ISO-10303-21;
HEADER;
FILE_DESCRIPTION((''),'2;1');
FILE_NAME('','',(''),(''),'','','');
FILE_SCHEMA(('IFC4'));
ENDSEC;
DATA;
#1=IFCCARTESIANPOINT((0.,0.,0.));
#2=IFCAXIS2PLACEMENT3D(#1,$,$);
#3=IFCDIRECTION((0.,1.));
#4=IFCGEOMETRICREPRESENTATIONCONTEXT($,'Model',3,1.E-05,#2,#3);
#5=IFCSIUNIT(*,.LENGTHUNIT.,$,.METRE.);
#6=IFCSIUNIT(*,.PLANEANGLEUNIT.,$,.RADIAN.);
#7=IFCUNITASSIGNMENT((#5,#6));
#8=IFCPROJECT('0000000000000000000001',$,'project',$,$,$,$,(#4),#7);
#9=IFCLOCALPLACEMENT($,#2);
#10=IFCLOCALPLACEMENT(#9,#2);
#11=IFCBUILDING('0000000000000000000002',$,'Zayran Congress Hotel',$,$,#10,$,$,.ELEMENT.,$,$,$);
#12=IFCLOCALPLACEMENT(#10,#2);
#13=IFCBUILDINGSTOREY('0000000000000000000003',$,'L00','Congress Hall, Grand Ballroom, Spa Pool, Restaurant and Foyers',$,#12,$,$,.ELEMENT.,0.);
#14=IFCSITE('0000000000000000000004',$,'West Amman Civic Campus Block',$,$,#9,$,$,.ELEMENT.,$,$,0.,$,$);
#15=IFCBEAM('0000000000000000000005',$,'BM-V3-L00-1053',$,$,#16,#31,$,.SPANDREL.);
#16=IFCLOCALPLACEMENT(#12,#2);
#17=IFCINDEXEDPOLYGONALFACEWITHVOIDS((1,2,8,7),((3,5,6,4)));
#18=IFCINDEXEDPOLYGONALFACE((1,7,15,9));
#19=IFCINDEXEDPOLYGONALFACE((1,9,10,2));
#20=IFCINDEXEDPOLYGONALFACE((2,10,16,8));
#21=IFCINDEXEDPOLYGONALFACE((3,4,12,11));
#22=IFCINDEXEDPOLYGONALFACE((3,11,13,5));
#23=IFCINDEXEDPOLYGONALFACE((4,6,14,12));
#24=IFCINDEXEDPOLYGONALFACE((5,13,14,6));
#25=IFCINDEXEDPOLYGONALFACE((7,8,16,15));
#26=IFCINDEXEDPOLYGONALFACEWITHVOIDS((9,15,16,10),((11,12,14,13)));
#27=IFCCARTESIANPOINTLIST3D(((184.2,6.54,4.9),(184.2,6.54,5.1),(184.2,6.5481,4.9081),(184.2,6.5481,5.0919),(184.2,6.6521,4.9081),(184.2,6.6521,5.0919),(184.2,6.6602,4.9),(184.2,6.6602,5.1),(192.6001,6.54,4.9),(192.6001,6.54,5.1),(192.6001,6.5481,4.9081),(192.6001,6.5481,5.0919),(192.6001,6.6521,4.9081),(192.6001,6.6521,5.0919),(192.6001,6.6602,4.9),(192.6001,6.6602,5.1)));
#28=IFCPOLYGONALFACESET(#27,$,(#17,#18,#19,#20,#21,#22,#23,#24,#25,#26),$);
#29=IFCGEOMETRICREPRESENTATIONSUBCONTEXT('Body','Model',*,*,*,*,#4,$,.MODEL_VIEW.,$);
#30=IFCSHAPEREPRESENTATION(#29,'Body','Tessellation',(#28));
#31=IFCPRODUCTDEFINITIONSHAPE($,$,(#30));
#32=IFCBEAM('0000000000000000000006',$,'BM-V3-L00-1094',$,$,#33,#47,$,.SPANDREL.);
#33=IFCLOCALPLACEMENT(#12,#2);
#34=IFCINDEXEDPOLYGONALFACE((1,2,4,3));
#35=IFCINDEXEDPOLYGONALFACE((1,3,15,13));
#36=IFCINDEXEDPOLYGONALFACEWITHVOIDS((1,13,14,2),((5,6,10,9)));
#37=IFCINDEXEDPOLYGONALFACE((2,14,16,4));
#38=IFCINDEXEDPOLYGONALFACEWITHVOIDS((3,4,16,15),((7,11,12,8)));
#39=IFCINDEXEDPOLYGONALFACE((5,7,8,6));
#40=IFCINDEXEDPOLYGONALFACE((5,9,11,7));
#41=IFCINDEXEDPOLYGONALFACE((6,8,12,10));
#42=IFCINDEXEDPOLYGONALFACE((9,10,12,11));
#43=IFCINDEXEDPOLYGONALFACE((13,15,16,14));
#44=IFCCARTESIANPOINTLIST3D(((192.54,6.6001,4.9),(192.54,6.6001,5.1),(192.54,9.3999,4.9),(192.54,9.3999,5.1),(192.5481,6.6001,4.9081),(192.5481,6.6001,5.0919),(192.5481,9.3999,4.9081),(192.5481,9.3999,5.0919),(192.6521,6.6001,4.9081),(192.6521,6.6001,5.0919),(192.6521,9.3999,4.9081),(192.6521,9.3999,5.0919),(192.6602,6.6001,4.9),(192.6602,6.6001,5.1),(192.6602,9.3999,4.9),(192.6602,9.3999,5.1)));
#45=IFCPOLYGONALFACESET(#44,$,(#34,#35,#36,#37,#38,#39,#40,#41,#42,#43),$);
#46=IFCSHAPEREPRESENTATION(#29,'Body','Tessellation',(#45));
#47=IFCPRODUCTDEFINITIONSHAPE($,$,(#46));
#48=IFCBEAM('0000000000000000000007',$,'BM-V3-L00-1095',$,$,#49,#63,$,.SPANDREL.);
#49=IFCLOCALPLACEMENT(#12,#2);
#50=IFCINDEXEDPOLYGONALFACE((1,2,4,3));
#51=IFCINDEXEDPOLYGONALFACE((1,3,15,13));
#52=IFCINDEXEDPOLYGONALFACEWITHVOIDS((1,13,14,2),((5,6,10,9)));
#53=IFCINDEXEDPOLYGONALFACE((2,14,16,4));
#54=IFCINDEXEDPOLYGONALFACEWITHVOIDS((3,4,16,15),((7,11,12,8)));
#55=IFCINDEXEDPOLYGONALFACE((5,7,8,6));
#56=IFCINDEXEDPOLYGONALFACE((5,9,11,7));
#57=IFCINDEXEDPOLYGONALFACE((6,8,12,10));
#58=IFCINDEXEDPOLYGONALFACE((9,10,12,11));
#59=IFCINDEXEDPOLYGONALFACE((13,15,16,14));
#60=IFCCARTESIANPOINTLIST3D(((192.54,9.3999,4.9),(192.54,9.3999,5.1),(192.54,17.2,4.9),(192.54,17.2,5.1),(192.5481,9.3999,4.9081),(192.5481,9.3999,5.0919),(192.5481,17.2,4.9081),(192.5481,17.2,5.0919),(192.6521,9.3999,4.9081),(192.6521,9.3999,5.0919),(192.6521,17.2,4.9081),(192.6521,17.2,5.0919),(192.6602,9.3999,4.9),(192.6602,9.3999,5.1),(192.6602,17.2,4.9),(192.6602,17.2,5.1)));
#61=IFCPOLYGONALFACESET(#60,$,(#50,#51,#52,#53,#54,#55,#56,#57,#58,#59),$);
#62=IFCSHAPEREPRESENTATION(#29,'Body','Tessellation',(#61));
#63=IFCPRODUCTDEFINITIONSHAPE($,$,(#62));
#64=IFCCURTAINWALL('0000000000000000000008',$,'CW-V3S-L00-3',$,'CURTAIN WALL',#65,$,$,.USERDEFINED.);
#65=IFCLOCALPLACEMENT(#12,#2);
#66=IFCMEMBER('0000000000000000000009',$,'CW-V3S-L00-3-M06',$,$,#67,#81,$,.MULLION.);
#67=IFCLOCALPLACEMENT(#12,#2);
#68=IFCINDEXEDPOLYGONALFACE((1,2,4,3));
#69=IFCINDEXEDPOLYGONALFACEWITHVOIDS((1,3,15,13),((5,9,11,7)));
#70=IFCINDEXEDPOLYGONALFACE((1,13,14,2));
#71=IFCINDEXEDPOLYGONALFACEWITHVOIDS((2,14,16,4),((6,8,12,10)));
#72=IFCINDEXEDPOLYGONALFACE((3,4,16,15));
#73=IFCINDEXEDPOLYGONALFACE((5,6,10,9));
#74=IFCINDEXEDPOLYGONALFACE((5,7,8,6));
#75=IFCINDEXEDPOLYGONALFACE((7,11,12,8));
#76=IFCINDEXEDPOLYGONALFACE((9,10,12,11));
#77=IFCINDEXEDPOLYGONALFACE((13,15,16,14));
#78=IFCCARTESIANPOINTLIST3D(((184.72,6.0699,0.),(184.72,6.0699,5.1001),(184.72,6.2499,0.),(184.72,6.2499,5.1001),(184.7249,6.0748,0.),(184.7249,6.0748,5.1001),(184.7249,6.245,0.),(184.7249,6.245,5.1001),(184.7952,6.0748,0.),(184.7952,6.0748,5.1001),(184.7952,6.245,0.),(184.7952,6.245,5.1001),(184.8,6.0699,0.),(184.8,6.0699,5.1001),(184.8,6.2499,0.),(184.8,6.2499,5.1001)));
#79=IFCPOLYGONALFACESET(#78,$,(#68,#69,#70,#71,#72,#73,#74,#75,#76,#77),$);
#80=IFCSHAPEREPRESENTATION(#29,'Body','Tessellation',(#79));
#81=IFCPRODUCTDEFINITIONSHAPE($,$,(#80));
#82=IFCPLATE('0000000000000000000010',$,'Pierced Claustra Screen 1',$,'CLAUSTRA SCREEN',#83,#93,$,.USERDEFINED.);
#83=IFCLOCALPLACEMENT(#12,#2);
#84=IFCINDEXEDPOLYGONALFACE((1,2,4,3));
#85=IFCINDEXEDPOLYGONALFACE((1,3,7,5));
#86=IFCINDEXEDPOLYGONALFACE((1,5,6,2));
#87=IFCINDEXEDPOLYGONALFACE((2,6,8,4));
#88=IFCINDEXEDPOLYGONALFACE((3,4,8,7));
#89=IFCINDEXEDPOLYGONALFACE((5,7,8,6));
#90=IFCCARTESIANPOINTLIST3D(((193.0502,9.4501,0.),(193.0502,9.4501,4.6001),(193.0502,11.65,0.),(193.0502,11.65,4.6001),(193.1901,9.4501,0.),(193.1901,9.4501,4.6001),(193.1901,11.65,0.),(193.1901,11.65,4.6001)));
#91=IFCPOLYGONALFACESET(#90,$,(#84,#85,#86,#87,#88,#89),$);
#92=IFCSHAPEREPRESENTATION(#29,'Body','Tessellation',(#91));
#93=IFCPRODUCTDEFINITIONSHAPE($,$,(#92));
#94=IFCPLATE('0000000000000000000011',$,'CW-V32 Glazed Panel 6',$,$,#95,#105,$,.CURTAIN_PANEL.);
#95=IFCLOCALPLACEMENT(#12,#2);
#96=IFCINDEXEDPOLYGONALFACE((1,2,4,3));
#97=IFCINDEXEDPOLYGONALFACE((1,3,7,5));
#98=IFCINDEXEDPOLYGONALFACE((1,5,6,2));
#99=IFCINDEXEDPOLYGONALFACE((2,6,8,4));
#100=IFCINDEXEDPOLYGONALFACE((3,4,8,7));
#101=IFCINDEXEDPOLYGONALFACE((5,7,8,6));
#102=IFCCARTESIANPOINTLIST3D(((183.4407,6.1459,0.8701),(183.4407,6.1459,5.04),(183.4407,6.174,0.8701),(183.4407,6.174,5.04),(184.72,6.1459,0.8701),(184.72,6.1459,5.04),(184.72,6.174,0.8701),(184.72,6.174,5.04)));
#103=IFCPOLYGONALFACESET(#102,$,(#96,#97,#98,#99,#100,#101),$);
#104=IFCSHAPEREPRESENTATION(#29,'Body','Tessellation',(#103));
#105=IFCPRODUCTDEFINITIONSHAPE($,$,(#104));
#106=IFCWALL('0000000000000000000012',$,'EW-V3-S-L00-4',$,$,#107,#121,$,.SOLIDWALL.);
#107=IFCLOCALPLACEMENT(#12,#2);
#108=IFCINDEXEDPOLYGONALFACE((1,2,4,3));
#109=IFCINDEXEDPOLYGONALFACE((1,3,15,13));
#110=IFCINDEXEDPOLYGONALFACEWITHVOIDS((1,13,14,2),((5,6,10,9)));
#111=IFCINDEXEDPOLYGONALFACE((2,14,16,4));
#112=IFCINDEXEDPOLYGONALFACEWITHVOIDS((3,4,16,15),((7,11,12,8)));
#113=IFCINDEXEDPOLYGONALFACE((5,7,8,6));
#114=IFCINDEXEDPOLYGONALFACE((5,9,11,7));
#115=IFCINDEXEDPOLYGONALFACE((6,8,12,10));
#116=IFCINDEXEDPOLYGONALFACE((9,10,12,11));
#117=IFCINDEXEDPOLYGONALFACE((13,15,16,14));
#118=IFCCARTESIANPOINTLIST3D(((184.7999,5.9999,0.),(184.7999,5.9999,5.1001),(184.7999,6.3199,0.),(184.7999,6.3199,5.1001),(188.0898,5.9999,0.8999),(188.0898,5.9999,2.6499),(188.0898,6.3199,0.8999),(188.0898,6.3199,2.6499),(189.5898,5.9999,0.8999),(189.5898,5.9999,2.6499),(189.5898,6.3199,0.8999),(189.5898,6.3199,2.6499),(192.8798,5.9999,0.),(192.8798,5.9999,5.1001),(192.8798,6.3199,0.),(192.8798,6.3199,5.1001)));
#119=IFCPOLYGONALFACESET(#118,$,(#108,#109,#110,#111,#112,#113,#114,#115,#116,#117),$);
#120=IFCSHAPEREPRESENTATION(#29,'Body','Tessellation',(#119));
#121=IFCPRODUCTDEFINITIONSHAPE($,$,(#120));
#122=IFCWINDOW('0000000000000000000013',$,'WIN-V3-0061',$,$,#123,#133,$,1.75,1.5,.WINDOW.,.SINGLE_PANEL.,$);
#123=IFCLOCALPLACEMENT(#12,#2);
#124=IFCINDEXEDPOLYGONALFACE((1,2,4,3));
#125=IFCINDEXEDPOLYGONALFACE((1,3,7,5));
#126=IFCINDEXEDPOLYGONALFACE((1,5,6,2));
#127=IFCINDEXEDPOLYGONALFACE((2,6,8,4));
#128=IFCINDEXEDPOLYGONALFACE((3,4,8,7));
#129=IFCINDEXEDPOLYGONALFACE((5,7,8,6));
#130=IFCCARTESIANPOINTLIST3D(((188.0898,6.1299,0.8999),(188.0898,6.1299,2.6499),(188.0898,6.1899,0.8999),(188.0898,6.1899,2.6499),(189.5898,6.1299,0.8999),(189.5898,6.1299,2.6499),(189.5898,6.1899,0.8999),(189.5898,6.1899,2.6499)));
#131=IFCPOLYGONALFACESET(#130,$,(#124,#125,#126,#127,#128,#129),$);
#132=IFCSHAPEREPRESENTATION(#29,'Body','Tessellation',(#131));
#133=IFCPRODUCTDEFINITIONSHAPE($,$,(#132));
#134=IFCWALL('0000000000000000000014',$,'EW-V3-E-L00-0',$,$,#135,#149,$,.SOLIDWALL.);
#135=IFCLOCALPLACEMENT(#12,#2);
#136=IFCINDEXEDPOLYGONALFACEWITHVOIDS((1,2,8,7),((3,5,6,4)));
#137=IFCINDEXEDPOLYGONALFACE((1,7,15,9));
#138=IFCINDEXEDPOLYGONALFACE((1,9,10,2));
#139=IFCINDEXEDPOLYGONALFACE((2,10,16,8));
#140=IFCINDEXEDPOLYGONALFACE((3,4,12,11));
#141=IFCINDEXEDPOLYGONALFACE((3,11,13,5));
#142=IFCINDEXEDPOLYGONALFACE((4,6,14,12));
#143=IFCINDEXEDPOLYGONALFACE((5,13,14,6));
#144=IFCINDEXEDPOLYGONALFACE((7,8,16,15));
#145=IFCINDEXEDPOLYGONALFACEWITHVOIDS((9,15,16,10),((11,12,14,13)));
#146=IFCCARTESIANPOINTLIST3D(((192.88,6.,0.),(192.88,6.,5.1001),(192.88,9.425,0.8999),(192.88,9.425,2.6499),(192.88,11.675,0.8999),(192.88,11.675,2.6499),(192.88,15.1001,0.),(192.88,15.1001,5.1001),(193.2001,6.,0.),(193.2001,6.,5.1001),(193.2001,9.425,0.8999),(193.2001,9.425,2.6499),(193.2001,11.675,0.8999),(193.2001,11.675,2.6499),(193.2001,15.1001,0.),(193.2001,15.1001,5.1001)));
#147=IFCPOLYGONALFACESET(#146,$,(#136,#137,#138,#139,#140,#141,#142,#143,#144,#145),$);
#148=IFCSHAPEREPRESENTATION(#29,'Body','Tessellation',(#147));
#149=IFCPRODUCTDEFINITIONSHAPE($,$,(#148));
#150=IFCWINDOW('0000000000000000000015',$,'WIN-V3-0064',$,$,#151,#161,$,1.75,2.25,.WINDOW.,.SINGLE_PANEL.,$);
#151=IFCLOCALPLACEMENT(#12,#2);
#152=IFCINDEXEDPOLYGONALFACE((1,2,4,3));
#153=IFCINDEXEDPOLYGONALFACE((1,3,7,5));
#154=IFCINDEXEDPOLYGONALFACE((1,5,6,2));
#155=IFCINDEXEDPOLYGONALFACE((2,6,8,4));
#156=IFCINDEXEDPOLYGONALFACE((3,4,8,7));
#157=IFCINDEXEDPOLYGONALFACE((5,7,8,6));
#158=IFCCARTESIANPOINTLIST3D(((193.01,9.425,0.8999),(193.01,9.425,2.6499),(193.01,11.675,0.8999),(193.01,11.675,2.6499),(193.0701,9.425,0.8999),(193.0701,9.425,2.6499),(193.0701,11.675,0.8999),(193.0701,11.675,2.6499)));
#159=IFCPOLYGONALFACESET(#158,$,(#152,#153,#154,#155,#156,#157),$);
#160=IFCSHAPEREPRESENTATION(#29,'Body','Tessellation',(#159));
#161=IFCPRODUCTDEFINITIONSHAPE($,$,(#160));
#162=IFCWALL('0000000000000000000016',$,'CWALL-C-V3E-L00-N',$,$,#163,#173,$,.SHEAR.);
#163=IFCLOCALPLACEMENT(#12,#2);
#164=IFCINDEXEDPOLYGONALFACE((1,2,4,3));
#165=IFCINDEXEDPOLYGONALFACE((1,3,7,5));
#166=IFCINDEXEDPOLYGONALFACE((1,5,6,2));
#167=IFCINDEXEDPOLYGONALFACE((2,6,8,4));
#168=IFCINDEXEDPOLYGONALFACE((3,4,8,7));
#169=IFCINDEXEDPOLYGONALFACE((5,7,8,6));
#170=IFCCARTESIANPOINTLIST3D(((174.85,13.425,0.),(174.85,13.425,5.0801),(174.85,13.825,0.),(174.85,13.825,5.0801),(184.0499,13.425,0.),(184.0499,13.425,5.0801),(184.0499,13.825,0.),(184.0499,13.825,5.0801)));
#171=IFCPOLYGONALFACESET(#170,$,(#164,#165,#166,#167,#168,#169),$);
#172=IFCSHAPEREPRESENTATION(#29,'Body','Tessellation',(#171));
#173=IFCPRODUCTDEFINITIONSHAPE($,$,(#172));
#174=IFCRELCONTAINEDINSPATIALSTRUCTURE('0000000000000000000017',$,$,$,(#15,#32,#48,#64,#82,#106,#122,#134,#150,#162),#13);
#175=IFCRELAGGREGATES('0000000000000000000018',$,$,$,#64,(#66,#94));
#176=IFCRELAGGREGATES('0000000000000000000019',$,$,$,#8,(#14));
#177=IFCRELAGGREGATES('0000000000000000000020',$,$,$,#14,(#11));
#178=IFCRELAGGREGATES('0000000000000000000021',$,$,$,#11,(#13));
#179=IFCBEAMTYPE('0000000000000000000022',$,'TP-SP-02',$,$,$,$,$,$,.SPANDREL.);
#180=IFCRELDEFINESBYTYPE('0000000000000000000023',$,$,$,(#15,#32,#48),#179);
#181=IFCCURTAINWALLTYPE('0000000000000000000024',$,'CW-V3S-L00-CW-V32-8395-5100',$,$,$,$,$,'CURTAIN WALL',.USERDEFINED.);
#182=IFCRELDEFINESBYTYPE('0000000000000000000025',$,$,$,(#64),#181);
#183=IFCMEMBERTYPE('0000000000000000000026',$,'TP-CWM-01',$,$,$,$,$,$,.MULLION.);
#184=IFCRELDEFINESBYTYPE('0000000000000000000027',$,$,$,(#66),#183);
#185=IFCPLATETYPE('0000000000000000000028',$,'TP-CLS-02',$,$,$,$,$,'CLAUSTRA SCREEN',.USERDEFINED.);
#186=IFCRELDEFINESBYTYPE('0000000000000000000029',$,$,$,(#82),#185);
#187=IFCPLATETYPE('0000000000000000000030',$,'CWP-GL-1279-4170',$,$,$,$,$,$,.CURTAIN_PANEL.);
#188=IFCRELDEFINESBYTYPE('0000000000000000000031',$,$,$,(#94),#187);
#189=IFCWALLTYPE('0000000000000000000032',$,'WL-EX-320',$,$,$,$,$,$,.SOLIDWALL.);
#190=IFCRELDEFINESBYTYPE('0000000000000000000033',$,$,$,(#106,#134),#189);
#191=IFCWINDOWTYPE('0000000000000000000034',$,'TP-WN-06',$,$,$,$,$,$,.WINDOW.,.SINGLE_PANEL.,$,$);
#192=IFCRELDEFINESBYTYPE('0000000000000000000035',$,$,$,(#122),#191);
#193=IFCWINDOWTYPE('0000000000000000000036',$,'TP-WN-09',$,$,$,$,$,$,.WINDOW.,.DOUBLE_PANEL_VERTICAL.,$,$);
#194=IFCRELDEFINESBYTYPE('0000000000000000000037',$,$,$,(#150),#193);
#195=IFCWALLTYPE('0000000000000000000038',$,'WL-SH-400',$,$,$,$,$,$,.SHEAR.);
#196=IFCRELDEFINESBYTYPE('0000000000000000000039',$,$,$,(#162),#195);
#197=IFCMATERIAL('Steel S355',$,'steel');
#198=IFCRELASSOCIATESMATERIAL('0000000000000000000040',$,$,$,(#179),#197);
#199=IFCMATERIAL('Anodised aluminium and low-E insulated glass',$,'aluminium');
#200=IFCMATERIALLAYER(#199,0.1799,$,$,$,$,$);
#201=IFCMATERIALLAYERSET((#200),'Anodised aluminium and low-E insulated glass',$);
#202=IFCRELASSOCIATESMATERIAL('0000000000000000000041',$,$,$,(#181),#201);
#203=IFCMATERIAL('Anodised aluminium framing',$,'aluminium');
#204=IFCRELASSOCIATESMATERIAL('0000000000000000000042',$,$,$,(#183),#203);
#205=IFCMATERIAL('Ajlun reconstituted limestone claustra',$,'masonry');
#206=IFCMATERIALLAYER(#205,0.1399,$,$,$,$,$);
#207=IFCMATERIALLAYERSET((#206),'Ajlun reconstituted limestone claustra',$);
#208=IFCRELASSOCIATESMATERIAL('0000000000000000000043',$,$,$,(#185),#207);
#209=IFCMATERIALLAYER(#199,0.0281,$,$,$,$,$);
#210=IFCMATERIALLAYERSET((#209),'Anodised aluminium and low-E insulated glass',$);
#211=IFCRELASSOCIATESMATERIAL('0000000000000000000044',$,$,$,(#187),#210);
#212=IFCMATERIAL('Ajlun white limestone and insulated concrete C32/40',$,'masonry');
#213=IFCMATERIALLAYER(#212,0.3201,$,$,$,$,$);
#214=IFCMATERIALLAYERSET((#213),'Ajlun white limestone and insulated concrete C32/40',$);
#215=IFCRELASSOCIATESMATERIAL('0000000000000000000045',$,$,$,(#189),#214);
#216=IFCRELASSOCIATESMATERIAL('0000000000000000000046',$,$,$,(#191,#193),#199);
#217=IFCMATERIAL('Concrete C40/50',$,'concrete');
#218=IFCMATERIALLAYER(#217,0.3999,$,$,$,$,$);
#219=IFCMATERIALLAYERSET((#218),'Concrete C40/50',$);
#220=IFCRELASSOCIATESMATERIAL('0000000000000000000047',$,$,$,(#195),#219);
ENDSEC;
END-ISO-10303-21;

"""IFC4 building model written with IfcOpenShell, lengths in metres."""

from ifc_helpers import new_model, si_unit, direction, frame, frame_2d, origin, origin_2d, place, context, subcontext, project, spatial, rectangle, hollow_rectangle, extrude, material, layer, layer_set, material_profile, profile_set, type_object, element, fill, aggregate, save


model = new_model("IFC4")

# Units and contexts
model_context = context("Model", 3, precision=1e-05, world=origin(), true_north=direction((0.0, 1.0)))
body_context = subcontext(model_context, "Body", "Model", "MODEL_VIEW")
ifc_project = project(units=[si_unit("LENGTHUNIT", "METRE"), si_unit("PLANEANGLEUNIT", "RADIAN")], contexts=[model_context])

# Site, building, storey
site_placement = place(None, origin())
site = spatial("IfcSite", under=ifc_project, at=site_placement, Name="West Amman Civic Campus Block", CompositionType="ELEMENT", RefElevation=0.0)
building_placement = place(site_placement, origin())
building = spatial("IfcBuilding", under=site, at=building_placement, Name="Zayran Congress Hotel", CompositionType="ELEMENT")
storey_placement = place(building_placement, origin())
storey = spatial("IfcBuildingStorey", under=building, at=storey_placement, Name="L00", Description="Congress Hall, Grand Ballroom, Spa Pool, Restaurant and Foyers", CompositionType="ELEMENT", Elevation=0.0)

# Shared definitions
ifc_material_1 = material(Name="Concrete C40/50", Category="concrete")

# Beams
ifc_material_2 = material(Name="Steel S355", Category="steel")
ifc_material_profile_1 = material_profile(ifc_material_2, hollow_rectangle(XDim=0.1201, YDim=0.2, WallThickness=0.0081, at=origin_2d()), Name="RHS 200x120x8")
ifc_profile_set_1 = profile_set([ifc_material_profile_1], Name="Steel S355")
beam_type_1 = type_object("IfcBeamType", Name="TP-SP-02", PredefinedType="SPANDREL", material=ifc_profile_set_1)
beam_1_placement = place(storey_placement, frame((184.2, 6.6001, 5.0), z_axis=(1.0, 0.0, 0.0), x_axis=(0.0, 1.0, 0.0)))
element("IfcBeam", 1, at=beam_1_placement, inside=storey, type_object=beam_type_1, Name="BM-V3-L00-1053", PredefinedType="SPANDREL", context=body_context, shape_type="SweptSolid", body=[
    extrude(hollow_rectangle(XDim=0.1201, YDim=0.2, WallThickness=0.0081, at=origin_2d()), origin(), (0.0, 0.0, 1.0), 8.4001),
])
beam_2_placement = place(storey_placement, frame((192.6001, 6.6001, 5.0), z_axis=(0.0, 1.0, 0.0), x_axis=(-1.0, 0.0, 0.0)))
element("IfcBeam", 2, at=beam_2_placement, inside=storey, type_object=beam_type_1, Name="BM-V3-L00-1094", PredefinedType="SPANDREL", context=body_context, shape_type="SweptSolid", body=[
    extrude(hollow_rectangle(XDim=0.1201, YDim=0.2, WallThickness=0.0081, at=origin_2d()), origin(), (0.0, 0.0, 1.0), 2.7998),
])
beam_3_placement = place(storey_placement, frame((192.6001, 9.3999, 5.0), z_axis=(0.0, 1.0, 0.0), x_axis=(-1.0, 0.0, 0.0)))
element("IfcBeam", 3, at=beam_3_placement, inside=storey, type_object=beam_type_1, Name="BM-V3-L00-1095", PredefinedType="SPANDREL", context=body_context, shape_type="SweptSolid", body=[
    extrude(hollow_rectangle(XDim=0.1201, YDim=0.2, WallThickness=0.0081, at=origin_2d()), origin(), (0.0, 0.0, 1.0), 7.8),
])

# Curtain wall, member
ifc_material_3 = material(Name="Anodised aluminium and low-E insulated glass", Category="aluminium")
ifc_layer_1 = layer(ifc_material_3, 0.1799)
ifc_layer_set_1 = layer_set([ifc_layer_1], Name="Anodised aluminium and low-E insulated glass")
curtain_wall_type = type_object("IfcCurtainWallType", Name="CW-V3S-L00-CW-V32-8395-5100", ElementType="CURTAIN WALL", PredefinedType="USERDEFINED", material=ifc_layer_set_1)
curtain_wall_placement = place(storey_placement, origin())
curtain_wall = element("IfcCurtainWall", 4, at=curtain_wall_placement, inside=storey, type_object=curtain_wall_type, Name="CW-V3S-L00-3", ObjectType="CURTAIN WALL", PredefinedType="USERDEFINED")
ifc_material_4 = material(Name="Anodised aluminium framing", Category="aluminium")
ifc_material_profile_2 = material_profile(ifc_material_4, hollow_rectangle(XDim=0.0801, YDim=0.1799, WallThickness=0.0049, at=origin_2d()), Name="RHS 180x80x5")
ifc_profile_set_2 = profile_set([ifc_material_profile_2], Name="Anodised aluminium framing")
member_type = type_object("IfcMemberType", Name="TP-CWM-01", PredefinedType="MULLION", material=ifc_profile_set_2)
member_placement = place(storey_placement, frame((184.76, 6.1599, 0.0), z_axis=(0.0, 0.0, 1.0), x_axis=(1.0, 0.0, 0.0)))
member = element("IfcMember", 5, at=member_placement, type_object=member_type, Name="CW-V3S-L00-3-M06", PredefinedType="MULLION", context=body_context, shape_type="SweptSolid", body=[
    extrude(hollow_rectangle(XDim=0.0801, YDim=0.1799, WallThickness=0.0049, at=origin_2d()), origin(), (0.0, 0.0, 1.0), 5.1001),
])

# Plates
ifc_material_5 = material(Name="Ajlun reconstituted limestone claustra", Category="masonry")
ifc_layer_2 = layer(ifc_material_5, 0.1399)
ifc_layer_set_2 = layer_set([ifc_layer_2], Name="Ajlun reconstituted limestone claustra")
plate_type_1 = type_object("IfcPlateType", Name="TP-CLS-02", ElementType="CLAUSTRA SCREEN", PredefinedType="USERDEFINED", material=ifc_layer_set_2)
plate_1_placement = place(storey_placement, frame((193.1201, 10.55, 0.0), z_axis=(0.0, 0.0, 1.0), x_axis=(0.0, 1.0, 0.0)))
element("IfcPlate", 6, at=plate_1_placement, inside=storey, type_object=plate_type_1, Name="Pierced Claustra Screen 1", ObjectType="CLAUSTRA SCREEN", PredefinedType="USERDEFINED", context=body_context, shape_type="SweptSolid", body=[
    extrude(rectangle(XDim=2.2, YDim=0.1399, at=origin_2d()), origin(), (0.0, 0.0, 1.0), 4.6001),
])
ifc_layer_3 = layer(ifc_material_3, 0.0281)
ifc_layer_set_3 = layer_set([ifc_layer_3], Name="Anodised aluminium and low-E insulated glass")
plate_type_2 = type_object("IfcPlateType", Name="CWP-GL-1279-4170", PredefinedType="CURTAIN_PANEL", material=ifc_layer_set_3)
plate_2_placement = place(storey_placement, frame((184.0803, 6.1599, 0.8701), z_axis=(0.0, 0.0, 1.0), x_axis=(1.0, 0.0, 0.0)))
plate_2 = element("IfcPlate", 7, at=plate_2_placement, type_object=plate_type_2, Name="CW-V32 Glazed Panel 6", PredefinedType="CURTAIN_PANEL", context=body_context, shape_type="SweptSolid", body=[
    extrude(rectangle(XDim=1.2793, YDim=0.0281, at=origin_2d()), origin(), (0.0, 0.0, 1.0), 4.1699),
])
aggregate(curtain_wall, [member, plate_2])

# Walls, openings, windows
ifc_material_6 = material(Name="Ajlun white limestone and insulated concrete C32/40", Category="masonry")
ifc_layer_4 = layer(ifc_material_6, 0.3201)
ifc_layer_set_4 = layer_set([ifc_layer_4], Name="Ajlun white limestone and insulated concrete C32/40")
wall_type_1 = type_object("IfcWallType", Name="WL-EX-320", PredefinedType="SOLIDWALL", material=ifc_layer_set_4)
wall_1_placement = place(storey_placement, frame((192.8799, 6.1599, 0.0), z_axis=(0.0, 0.0, 1.0), x_axis=(-1.0, 0.0, 0.0)))
wall_1 = element("IfcWall", 8, at=wall_1_placement, inside=storey, type_object=wall_type_1, Name="EW-V3-S-L00-4", PredefinedType="SOLIDWALL", context=body_context, shape_type="SweptSolid", body=[
    extrude(rectangle(XDim=8.0798, YDim=0.3201, at=frame_2d((4.04, 0.0))), origin(), (0.0, 0.0, 1.0), 5.1001),
])
opening_1_placement = place(wall_1_placement, frame((3.29, 0.0, 0.8999)))
opening_1 = element("IfcOpeningElement", 9, at=opening_1_placement, cuts=wall_1, PredefinedType="OPENING", context=body_context, shape_type="SweptSolid", body=[
    extrude(rectangle(XDim=1.5, YDim=1.75, at=frame_2d((0.75, 0.875))), frame((0.0, 0.1699, 0.0), z_axis=(0.0, -1.0, 0.0), x_axis=(1.0, 0.0, 0.0)), (0.0, 0.0, 1.0), 0.3401),
])
window_type_1 = type_object("IfcWindowType", Name="TP-WN-06", PartitioningType="SINGLE_PANEL", PredefinedType="WINDOW", material=ifc_material_3)
window_1_placement = place(opening_1_placement, origin())
window_1 = element("IfcWindow", 10, at=window_1_placement, inside=storey, type_object=window_type_1, Name="WIN-V3-0061", OverallHeight=1.75, OverallWidth=1.5, PartitioningType="SINGLE_PANEL", PredefinedType="WINDOW", context=body_context, shape_type="SweptSolid", body=[
    extrude(rectangle(XDim=1.5, YDim=1.75, at=frame_2d((0.75, 0.875))), frame((0.0, 0.03, 0.0), z_axis=(0.0, -1.0, 0.0), x_axis=(1.0, 0.0, 0.0)), (0.0, 0.0, 1.0), 0.0601),
])
fill(opening_1, window_1)
wall_2_placement = place(storey_placement, frame((193.04, 15.1001, 0.0), z_axis=(0.0, 0.0, 1.0), x_axis=(0.0, -1.0, 0.0)))
wall_2 = element("IfcWall", 11, at=wall_2_placement, inside=storey, type_object=wall_type_1, Name="EW-V3-E-L00-0", PredefinedType="SOLIDWALL", context=body_context, shape_type="SweptSolid", body=[
    extrude(rectangle(XDim=9.1001, YDim=0.3201, at=frame_2d((4.55, 0.0))), origin(), (0.0, 0.0, 1.0), 5.1001),
])
opening_2_placement = place(wall_2_placement, frame((3.425, 0.0, 0.8999)))
opening_2 = element("IfcOpeningElement", 12, at=opening_2_placement, cuts=wall_2, PredefinedType="OPENING", context=body_context, shape_type="SweptSolid", body=[
    extrude(rectangle(XDim=2.25, YDim=1.75, at=frame_2d((1.125, 0.875))), frame((0.0, 0.1699, 0.0), z_axis=(0.0, -1.0, 0.0), x_axis=(1.0, 0.0, 0.0)), (0.0, 0.0, 1.0), 0.3401),
])
window_type_2 = type_object("IfcWindowType", Name="TP-WN-09", PartitioningType="DOUBLE_PANEL_VERTICAL", PredefinedType="WINDOW", material=ifc_material_3)
window_2_placement = place(opening_2_placement, origin())
window_2 = element("IfcWindow", 13, at=window_2_placement, inside=storey, type_object=window_type_2, Name="WIN-V3-0064", OverallHeight=1.75, OverallWidth=2.25, PartitioningType="SINGLE_PANEL", PredefinedType="WINDOW", context=body_context, shape_type="SweptSolid", body=[
    extrude(rectangle(XDim=2.25, YDim=1.75, at=frame_2d((1.125, 0.875))), frame((0.0, 0.03, 0.0), z_axis=(0.0, -1.0, 0.0), x_axis=(1.0, 0.0, 0.0)), (0.0, 0.0, 1.0), 0.0601),
])
fill(opening_2, window_2)

# Wall
ifc_layer_5 = layer(ifc_material_1, 0.3999)
ifc_layer_set_5 = layer_set([ifc_layer_5], Name="Concrete C40/50")
wall_type_2 = type_object("IfcWallType", Name="WL-SH-400", PredefinedType="SHEAR", material=ifc_layer_set_5)
wall_3_placement = place(storey_placement, frame((184.05, 13.625, 0.0), z_axis=(0.0, 0.0, 1.0), x_axis=(-1.0, 0.0, 0.0)))
element("IfcWall", 14, at=wall_3_placement, inside=storey, type_object=wall_type_2, Name="CWALL-C-V3E-L00-N", PredefinedType="SHEAR", context=body_context, shape_type="SweptSolid", body=[
    extrude(rectangle(XDim=9.2, YDim=0.3999, at=frame_2d((4.6001, 0.0))), origin(), (0.0, 0.0, 1.0), 5.0801),
])

save(model, "model.ifc")
